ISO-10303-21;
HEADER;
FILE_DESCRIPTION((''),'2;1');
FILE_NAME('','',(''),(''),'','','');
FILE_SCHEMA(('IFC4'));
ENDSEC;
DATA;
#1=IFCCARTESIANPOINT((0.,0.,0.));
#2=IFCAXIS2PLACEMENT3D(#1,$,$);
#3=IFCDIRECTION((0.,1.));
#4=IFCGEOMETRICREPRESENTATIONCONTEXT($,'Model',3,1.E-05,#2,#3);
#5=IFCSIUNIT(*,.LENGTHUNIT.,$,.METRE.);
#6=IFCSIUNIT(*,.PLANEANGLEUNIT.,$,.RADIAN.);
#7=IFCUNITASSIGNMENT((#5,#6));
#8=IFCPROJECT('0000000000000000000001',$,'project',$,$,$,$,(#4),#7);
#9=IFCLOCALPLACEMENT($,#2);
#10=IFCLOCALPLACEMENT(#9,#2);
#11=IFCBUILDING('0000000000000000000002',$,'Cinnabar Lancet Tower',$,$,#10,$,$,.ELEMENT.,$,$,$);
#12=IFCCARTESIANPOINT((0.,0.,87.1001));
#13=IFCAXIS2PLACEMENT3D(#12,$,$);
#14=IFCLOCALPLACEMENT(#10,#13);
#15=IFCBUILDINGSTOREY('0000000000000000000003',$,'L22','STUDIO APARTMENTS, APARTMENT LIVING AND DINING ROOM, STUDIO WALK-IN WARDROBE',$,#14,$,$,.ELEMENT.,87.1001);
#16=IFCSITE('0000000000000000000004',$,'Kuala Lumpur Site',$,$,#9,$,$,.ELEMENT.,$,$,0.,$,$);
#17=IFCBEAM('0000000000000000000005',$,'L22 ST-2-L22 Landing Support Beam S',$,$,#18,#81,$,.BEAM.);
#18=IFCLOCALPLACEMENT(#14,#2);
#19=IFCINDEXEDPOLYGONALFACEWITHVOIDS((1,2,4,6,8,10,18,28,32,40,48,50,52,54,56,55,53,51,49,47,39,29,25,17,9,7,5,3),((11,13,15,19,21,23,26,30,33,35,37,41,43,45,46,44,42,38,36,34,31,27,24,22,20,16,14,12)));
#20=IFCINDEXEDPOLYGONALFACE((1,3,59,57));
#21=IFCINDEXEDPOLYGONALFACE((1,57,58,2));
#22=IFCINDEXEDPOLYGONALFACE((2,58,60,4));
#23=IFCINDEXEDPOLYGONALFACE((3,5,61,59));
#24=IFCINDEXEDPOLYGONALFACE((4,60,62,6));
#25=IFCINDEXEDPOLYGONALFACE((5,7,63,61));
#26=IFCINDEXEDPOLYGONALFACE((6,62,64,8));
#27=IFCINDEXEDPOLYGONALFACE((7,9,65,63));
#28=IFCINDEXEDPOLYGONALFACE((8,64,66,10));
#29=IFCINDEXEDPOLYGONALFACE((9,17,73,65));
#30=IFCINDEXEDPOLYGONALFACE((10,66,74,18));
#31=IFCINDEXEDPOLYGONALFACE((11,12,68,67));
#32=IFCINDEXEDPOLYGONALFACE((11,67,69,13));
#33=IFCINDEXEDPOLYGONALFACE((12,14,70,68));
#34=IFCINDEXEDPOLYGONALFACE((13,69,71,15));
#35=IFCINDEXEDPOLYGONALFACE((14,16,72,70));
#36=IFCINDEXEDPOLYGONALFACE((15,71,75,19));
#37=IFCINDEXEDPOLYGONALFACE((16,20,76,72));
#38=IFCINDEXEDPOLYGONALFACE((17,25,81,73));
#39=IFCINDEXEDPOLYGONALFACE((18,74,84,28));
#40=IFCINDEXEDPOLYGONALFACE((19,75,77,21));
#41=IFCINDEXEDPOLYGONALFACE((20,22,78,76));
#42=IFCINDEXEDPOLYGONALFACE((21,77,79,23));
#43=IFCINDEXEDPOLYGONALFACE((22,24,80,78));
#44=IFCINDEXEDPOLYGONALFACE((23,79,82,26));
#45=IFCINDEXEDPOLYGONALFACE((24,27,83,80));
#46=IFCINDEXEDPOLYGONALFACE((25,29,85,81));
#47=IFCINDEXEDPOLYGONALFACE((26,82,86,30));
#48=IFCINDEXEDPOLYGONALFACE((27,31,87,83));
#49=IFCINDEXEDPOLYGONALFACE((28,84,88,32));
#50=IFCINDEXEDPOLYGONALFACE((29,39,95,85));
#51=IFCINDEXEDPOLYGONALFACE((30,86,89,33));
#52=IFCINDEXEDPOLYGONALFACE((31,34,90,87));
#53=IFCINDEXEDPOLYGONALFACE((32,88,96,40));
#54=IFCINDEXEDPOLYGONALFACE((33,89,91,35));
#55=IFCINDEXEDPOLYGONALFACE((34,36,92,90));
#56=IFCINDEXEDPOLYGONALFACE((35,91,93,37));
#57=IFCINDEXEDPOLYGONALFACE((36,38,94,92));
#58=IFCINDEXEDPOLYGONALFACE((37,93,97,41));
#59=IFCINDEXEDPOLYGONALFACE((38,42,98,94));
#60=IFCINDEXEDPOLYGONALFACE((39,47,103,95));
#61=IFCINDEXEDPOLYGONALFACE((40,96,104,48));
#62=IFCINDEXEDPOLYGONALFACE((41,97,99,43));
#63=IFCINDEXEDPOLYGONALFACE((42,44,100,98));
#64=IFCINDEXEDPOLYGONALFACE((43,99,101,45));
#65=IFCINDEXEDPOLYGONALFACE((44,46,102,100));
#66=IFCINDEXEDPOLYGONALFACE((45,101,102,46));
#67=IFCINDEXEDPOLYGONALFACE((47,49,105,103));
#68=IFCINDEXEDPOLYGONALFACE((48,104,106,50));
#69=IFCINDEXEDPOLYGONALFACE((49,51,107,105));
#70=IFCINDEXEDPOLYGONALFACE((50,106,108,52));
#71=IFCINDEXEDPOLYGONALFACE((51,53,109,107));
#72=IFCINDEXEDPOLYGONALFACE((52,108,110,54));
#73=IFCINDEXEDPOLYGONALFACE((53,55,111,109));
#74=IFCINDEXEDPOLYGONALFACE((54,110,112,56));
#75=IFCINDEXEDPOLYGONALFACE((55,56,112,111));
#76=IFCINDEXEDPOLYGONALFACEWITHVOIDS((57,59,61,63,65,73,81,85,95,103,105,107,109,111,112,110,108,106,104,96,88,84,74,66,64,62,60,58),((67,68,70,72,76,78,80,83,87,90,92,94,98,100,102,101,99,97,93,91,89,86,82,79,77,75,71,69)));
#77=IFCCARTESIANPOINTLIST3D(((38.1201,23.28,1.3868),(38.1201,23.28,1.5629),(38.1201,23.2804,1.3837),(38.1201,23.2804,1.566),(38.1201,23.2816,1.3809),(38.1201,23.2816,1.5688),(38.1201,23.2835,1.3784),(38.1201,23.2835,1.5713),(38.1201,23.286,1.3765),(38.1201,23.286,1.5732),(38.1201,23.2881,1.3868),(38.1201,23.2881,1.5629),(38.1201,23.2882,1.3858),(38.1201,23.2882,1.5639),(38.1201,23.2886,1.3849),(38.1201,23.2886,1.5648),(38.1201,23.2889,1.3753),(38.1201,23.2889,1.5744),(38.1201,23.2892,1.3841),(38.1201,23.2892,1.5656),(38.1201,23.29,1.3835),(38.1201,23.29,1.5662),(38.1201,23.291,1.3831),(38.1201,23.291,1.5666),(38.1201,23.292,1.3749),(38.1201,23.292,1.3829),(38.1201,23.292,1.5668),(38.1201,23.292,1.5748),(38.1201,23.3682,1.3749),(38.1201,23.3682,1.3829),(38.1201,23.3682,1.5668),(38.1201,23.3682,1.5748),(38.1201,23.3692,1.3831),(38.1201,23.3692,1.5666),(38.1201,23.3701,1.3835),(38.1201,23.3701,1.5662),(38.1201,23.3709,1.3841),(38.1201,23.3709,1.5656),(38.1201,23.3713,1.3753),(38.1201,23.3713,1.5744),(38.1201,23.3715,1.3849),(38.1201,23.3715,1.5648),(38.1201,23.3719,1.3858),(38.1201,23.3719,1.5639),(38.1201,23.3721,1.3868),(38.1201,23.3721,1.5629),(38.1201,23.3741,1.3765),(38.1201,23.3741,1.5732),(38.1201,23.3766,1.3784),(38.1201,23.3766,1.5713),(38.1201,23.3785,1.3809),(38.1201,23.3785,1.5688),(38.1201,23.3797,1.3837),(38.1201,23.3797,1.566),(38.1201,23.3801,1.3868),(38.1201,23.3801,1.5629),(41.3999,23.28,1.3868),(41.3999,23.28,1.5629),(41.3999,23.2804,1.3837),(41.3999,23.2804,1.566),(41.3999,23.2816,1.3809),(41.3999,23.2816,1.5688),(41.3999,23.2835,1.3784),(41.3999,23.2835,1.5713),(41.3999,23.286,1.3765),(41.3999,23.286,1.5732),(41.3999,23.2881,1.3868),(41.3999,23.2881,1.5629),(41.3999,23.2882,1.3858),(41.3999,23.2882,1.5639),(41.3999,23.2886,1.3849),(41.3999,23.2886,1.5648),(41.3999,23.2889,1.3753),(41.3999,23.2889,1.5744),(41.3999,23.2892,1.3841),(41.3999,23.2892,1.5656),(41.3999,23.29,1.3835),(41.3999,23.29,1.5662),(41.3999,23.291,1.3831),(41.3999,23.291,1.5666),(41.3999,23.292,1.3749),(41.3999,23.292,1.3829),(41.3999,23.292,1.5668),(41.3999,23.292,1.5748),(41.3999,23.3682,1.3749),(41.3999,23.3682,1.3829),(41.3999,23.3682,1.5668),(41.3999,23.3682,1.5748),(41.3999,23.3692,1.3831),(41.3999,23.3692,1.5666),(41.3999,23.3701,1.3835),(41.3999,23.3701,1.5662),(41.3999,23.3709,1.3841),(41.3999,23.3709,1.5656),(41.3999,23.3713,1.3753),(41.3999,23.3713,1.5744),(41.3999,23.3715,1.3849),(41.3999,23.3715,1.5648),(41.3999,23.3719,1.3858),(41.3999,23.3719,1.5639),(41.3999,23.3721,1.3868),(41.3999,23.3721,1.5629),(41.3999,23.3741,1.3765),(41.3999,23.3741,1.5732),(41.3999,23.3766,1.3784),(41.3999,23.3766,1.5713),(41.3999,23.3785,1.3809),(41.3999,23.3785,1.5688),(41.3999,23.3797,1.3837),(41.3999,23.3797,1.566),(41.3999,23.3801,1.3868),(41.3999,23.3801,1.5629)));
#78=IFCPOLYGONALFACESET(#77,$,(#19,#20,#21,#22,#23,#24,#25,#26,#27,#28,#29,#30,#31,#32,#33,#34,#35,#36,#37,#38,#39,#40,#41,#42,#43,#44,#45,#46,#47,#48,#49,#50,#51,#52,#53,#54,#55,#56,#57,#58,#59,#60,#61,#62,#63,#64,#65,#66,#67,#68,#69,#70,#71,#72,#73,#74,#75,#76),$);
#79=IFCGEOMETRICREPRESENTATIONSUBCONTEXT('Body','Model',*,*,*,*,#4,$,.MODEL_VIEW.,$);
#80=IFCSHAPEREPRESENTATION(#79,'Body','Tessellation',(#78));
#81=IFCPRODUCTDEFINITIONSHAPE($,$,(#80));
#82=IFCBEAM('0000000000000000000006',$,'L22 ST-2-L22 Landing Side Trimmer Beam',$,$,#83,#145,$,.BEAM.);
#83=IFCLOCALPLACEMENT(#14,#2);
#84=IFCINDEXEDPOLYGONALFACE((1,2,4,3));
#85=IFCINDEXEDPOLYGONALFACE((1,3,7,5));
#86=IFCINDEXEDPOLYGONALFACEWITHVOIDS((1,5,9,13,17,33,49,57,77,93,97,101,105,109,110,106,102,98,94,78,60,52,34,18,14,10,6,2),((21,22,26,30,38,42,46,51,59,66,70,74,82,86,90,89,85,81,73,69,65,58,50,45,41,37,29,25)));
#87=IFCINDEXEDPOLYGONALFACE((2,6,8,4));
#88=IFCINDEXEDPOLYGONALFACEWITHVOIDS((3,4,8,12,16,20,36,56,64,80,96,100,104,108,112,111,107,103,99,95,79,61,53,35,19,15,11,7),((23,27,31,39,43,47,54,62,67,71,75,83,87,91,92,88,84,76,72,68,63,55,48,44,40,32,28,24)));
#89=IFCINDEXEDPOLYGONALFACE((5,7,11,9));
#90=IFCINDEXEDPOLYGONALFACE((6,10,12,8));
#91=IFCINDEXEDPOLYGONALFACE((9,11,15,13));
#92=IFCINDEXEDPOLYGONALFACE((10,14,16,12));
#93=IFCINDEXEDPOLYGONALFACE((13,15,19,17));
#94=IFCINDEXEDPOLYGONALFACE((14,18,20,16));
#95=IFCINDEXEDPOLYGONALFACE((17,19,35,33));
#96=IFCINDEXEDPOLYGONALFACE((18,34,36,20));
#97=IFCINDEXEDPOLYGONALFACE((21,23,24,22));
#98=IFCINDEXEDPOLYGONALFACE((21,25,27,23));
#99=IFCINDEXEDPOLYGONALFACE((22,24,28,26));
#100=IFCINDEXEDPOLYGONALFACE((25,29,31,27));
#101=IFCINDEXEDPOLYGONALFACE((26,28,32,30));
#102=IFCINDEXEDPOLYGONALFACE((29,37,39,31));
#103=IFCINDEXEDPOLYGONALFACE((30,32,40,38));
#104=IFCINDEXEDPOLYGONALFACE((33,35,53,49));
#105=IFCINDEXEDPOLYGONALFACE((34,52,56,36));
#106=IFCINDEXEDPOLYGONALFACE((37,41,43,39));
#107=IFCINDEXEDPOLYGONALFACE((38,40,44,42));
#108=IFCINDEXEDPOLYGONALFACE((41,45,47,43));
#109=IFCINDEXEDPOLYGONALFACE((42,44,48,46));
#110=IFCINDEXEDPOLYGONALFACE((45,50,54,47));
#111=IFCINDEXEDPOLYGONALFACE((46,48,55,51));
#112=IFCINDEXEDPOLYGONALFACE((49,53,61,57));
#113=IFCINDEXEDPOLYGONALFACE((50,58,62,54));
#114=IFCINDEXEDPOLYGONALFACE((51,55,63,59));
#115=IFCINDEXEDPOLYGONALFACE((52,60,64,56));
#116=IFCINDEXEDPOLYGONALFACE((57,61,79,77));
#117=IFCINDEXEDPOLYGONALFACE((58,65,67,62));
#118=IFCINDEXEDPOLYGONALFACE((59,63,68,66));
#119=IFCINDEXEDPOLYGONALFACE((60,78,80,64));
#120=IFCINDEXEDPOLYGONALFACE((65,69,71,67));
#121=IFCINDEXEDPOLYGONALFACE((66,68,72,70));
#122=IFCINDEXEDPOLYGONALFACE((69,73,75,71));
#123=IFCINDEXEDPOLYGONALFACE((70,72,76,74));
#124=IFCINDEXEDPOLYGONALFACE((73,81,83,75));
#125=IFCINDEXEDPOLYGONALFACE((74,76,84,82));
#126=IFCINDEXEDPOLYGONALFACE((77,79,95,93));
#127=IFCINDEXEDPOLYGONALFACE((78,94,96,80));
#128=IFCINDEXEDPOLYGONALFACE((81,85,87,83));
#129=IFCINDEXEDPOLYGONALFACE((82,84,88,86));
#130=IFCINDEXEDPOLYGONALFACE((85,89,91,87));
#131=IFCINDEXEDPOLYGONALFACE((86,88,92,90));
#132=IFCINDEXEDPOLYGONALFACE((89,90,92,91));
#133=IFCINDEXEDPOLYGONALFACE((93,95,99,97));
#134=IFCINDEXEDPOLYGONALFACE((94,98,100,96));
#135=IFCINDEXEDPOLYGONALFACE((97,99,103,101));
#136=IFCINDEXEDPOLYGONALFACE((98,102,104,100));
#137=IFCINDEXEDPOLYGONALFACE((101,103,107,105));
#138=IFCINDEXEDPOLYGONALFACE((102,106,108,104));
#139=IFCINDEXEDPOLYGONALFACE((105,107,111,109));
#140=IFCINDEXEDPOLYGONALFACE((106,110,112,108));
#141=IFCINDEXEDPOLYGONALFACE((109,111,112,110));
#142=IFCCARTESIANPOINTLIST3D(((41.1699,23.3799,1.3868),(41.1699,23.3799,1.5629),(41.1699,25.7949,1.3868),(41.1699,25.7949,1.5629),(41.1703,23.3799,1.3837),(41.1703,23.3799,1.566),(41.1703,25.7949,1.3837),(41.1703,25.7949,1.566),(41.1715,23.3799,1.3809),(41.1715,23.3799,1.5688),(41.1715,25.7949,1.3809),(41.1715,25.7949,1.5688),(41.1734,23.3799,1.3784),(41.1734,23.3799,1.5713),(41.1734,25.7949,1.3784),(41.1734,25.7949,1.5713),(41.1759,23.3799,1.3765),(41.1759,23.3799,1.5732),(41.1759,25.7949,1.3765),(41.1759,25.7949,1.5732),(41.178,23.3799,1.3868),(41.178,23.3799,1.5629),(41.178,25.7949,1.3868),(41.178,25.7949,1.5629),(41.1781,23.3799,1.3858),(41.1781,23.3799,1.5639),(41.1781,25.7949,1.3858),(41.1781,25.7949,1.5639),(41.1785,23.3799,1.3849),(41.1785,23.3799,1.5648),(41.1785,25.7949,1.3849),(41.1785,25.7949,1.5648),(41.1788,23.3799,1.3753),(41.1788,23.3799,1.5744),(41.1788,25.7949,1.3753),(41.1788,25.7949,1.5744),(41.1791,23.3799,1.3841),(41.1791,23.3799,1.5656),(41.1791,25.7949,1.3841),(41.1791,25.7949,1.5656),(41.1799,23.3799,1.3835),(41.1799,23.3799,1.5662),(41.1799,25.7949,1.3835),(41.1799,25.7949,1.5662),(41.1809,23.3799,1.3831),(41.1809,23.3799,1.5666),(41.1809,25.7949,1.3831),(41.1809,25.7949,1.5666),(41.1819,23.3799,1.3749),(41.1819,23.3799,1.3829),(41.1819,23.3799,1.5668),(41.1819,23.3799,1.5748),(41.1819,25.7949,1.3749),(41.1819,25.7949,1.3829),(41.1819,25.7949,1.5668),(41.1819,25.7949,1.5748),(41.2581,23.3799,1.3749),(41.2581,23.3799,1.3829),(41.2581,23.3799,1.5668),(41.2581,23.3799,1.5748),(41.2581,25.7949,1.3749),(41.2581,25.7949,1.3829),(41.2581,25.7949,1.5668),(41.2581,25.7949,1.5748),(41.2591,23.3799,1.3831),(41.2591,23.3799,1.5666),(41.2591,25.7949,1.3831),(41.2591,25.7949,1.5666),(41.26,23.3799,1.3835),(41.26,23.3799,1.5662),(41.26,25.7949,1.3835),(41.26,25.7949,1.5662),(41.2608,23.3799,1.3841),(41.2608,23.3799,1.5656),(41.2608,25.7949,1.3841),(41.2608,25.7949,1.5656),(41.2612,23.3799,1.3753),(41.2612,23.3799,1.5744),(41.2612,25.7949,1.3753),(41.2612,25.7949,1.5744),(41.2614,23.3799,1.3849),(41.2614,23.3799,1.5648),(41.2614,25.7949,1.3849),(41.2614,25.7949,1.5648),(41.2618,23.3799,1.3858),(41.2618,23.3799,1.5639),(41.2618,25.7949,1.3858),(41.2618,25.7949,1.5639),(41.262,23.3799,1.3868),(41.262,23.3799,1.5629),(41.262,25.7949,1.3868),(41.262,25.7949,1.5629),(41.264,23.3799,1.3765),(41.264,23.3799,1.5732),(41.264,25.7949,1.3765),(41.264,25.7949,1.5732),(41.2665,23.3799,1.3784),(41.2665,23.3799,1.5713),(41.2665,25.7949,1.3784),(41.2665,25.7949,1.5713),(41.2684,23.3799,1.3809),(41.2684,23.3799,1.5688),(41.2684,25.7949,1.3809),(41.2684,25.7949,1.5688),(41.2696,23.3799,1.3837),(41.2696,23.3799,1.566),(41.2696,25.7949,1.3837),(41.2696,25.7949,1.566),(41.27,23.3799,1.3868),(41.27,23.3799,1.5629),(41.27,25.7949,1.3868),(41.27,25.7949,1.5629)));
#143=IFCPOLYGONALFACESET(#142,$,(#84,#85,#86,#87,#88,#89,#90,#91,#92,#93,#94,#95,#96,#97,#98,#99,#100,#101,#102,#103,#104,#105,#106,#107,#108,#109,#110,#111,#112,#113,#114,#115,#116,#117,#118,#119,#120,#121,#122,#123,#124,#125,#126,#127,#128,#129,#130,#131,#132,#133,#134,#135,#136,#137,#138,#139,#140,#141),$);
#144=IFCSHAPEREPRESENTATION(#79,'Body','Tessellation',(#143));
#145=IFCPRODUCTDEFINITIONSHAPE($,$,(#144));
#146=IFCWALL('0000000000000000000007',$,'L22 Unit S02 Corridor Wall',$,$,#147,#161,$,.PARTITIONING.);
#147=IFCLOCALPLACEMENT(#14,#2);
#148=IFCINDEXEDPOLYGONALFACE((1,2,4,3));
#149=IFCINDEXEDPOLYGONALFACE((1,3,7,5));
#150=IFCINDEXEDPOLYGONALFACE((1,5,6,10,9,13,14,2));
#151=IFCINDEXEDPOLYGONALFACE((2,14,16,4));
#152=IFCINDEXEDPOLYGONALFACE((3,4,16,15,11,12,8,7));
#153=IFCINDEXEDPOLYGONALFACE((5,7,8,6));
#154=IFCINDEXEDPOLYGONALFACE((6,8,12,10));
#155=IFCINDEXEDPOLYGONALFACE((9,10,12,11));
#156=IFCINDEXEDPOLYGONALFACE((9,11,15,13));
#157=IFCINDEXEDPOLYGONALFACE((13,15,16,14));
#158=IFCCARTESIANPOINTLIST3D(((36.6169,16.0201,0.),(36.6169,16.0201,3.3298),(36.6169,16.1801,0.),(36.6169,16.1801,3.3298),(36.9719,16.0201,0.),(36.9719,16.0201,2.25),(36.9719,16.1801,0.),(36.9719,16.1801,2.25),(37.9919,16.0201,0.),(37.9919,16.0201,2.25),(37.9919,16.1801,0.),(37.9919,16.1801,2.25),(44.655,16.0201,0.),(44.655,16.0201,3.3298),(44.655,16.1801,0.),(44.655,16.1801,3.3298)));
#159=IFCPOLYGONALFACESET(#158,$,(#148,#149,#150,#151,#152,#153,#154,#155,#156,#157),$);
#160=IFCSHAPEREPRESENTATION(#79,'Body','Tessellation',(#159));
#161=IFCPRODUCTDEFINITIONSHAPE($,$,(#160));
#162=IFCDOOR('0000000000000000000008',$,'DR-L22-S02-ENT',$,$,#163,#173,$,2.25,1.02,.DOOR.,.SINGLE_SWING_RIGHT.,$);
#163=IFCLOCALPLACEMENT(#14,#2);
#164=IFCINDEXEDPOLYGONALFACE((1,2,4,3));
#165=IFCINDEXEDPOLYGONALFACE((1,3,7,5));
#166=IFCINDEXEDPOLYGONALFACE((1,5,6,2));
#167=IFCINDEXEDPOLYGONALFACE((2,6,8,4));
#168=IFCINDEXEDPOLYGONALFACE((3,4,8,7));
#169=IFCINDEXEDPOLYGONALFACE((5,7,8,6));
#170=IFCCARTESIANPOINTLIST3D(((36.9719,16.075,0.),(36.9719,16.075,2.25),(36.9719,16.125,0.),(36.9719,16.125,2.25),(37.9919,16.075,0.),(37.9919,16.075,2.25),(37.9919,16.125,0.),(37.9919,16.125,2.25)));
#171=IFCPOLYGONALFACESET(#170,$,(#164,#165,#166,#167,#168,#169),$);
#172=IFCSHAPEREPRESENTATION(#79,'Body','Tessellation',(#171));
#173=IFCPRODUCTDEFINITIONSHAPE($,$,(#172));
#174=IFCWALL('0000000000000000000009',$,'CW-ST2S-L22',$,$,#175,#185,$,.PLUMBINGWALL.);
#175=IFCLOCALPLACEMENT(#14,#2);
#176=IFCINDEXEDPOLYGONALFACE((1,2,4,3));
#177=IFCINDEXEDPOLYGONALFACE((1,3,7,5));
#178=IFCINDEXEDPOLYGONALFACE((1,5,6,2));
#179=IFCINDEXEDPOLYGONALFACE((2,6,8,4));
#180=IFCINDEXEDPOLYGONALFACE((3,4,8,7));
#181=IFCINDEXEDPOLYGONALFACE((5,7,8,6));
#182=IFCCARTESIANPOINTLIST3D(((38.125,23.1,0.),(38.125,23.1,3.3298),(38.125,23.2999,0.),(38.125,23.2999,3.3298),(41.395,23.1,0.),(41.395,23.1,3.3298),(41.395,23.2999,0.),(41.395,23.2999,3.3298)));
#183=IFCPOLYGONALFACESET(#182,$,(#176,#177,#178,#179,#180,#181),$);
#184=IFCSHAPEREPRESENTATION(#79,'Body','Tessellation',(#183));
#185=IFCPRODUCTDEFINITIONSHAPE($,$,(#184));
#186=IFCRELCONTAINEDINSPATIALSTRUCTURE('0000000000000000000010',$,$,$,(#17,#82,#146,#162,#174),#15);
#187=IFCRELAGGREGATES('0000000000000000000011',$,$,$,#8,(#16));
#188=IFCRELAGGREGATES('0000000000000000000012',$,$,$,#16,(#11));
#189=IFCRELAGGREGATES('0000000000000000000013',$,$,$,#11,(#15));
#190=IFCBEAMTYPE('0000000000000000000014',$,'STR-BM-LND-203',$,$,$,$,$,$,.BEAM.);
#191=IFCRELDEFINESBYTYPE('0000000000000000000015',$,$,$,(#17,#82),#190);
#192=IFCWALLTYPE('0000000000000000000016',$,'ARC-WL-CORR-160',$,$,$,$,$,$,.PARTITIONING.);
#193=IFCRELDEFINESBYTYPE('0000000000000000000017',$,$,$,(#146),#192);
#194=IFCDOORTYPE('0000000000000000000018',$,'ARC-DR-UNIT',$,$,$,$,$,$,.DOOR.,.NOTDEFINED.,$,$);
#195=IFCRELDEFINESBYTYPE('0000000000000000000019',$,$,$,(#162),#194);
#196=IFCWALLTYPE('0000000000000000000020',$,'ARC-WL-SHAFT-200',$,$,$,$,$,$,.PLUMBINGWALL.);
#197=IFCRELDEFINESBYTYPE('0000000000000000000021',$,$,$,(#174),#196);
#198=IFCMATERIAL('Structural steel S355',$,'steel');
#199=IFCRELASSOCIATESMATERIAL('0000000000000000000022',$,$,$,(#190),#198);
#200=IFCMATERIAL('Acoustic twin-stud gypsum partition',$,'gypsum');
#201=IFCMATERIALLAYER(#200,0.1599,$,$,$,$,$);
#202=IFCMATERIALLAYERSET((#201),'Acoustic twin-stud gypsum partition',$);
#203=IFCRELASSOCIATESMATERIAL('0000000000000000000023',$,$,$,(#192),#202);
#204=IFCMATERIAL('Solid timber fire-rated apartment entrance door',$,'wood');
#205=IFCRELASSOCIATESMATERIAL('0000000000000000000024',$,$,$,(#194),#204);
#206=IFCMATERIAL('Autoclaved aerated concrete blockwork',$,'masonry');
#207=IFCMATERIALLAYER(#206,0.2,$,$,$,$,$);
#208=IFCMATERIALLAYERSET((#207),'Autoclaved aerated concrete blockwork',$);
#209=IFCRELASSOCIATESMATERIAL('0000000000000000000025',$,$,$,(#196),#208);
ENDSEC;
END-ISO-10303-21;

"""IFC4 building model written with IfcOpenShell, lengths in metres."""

from ifc_helpers import new_model, si_unit, direction, frame, frame_2d, origin, origin_2d, place, context, subcontext, project, spatial, rectangle, hollow_rectangle, extrude, material, layer, layer_set, material_profile, profile_set, type_object, element, fill, save


model = new_model("IFC4")

# Units and contexts
model_context = context("Model", 3, precision=1e-05, world=origin(), true_north=direction((0.0, 1.0)))
body_context = subcontext(model_context, "Body", "Model", "MODEL_VIEW")
ifc_project = project(units=[si_unit("LENGTHUNIT", "METRE"), si_unit("PLANEANGLEUNIT", "RADIAN")], contexts=[model_context])

# Site, building, storey
site_placement = place(None, origin())
site = spatial("IfcSite", under=ifc_project, at=site_placement, Name="Kuala Lumpur Site", CompositionType="ELEMENT", RefElevation=0.0)
building_placement = place(site_placement, origin())
building = spatial("IfcBuilding", under=site, at=building_placement, Name="Cinnabar Lancet Tower", CompositionType="ELEMENT")
storey_placement = place(building_placement, frame((0.0, 0.0, 87.1001)))
storey = spatial("IfcBuildingStorey", under=building, at=storey_placement, Name="L22", Description="STUDIO APARTMENTS, APARTMENT LIVING AND DINING ROOM, STUDIO WALK-IN WARDROBE", CompositionType="ELEMENT", Elevation=87.1001)

# Beams
ifc_material_1 = material(Name="Structural steel S355", Category="steel")
ifc_material_profile_1 = material_profile(ifc_material_1, hollow_rectangle(XDim=0.1001, YDim=0.2, WallThickness=0.0081, InnerFilletRadius=0.0039, OuterFilletRadius=0.012, at=origin_2d()), Name="RHS 200x100x8")
ifc_profile_set_1 = profile_set([ifc_material_profile_1], Name="Structural steel S355")
beam_type_1 = type_object("IfcBeamType", Name="STR-BM-LND-203", PredefinedType="BEAM", material=ifc_profile_set_1)
beam_1_placement = place(storey_placement, frame((38.1201, 23.3301, 1.4749), z_axis=(1.0, 0.0, 0.0), x_axis=(0.0, 1.0, 0.0)))
element("IfcBeam", 1, at=beam_1_placement, inside=storey, type_object=beam_type_1, Name="L22 ST-2-L22 Landing Support Beam S", PredefinedType="BEAM", context=body_context, shape_type="SweptSolid", body=[
    extrude(hollow_rectangle(XDim=0.1001, YDim=0.2, WallThickness=0.0081, InnerFilletRadius=0.0039, OuterFilletRadius=0.012, at=origin_2d()), origin(), (0.0, 0.0, 1.0), 3.2798),
])
beam_2_placement = place(storey_placement, frame((41.22, 23.3799, 1.4749), z_axis=(0.0, 1.0, 0.0), x_axis=(-1.0, 0.0, 0.0)))
element("IfcBeam", 2, at=beam_2_placement, inside=storey, type_object=beam_type_1, Name="L22 ST-2-L22 Landing Side Trimmer Beam", PredefinedType="BEAM", context=body_context, shape_type="SweptSolid", body=[
    extrude(hollow_rectangle(XDim=0.1001, YDim=0.2, WallThickness=0.0081, InnerFilletRadius=0.0039, OuterFilletRadius=0.012, at=origin_2d()), origin(), (0.0, 0.0, 1.0), 2.415),
])

# Wall, opening, door
ifc_material_2 = material(Name="Acoustic twin-stud gypsum partition", Category="gypsum")
ifc_layer_1 = layer(ifc_material_2, 0.1599)
ifc_layer_set_1 = layer_set([ifc_layer_1], Name="Acoustic twin-stud gypsum partition")
wall_type_1 = type_object("IfcWallType", Name="ARC-WL-CORR-160", PredefinedType="PARTITIONING", material=ifc_layer_set_1)
wall_1_placement = place(storey_placement, frame((36.6169, 16.1001, 0.0), z_axis=(0.0, 0.0, 1.0), x_axis=(1.0, 0.0, 0.0)))
wall_1 = element("IfcWall", 3, at=wall_1_placement, inside=storey, type_object=wall_type_1, Name="L22 Unit S02 Corridor Wall", PredefinedType="PARTITIONING", context=body_context, shape_type="SweptSolid", body=[
    extrude(rectangle(XDim=8.0381, YDim=0.1599, at=frame_2d((4.019, 0.0))), origin(), (0.0, 0.0, 1.0), 3.3298),
])
opening_1_placement = place(wall_1_placement, frame((0.355, 0.0, 0.0)))
opening_1 = element("IfcOpeningElement", 4, at=opening_1_placement, cuts=wall_1, PredefinedType="OPENING", context=body_context, shape_type="SweptSolid", body=[
    extrude(rectangle(XDim=1.02, YDim=2.25, at=frame_2d((0.51, 1.125))), frame((0.0, 0.0898, 0.0), z_axis=(0.0, -1.0, 0.0), x_axis=(1.0, 0.0, 0.0)), (0.0, 0.0, 1.0), 0.1799),
])
ifc_material_3 = material(Name="Solid timber fire-rated apartment entrance door", Category="wood")
door_type_1 = type_object("IfcDoorType", Name="ARC-DR-UNIT", OperationType="NOTDEFINED", PredefinedType="DOOR", material=ifc_material_3)
door_1_placement = place(opening_1_placement, origin())
door_1 = element("IfcDoor", 5, at=door_1_placement, inside=storey, type_object=door_type_1, Name="DR-L22-S02-ENT", OperationType="SINGLE_SWING_RIGHT", OverallHeight=2.25, OverallWidth=1.02, PredefinedType="DOOR", context=body_context, shape_type="SweptSolid", body=[
    extrude(rectangle(XDim=1.02, YDim=2.25, at=frame_2d((0.51, 1.125))), frame((0.0, 0.0249, 0.0), z_axis=(0.0, -1.0, 0.0), x_axis=(1.0, 0.0, 0.0)), (0.0, 0.0, 1.0), 0.05),
])
fill(opening_1, door_1)

# Wall
ifc_material_4 = material(Name="Autoclaved aerated concrete blockwork", Category="masonry")
ifc_layer_2 = layer(ifc_material_4, 0.2)
ifc_layer_set_2 = layer_set([ifc_layer_2], Name="Autoclaved aerated concrete blockwork")
wall_type_2 = type_object("IfcWallType", Name="ARC-WL-SHAFT-200", PredefinedType="PLUMBINGWALL", material=ifc_layer_set_2)
wall_2_placement = place(storey_placement, frame((38.125, 23.2, 0.0), z_axis=(0.0, 0.0, 1.0), x_axis=(1.0, 0.0, 0.0)))
element("IfcWall", 6, at=wall_2_placement, inside=storey, type_object=wall_type_2, Name="CW-ST2S-L22", PredefinedType="PLUMBINGWALL", context=body_context, shape_type="SweptSolid", body=[
    extrude(rectangle(XDim=3.27, YDim=0.2, at=frame_2d((1.635, 0.0))), origin(), (0.0, 0.0, 1.0), 3.3298),
])

save(model, "model.ifc")
